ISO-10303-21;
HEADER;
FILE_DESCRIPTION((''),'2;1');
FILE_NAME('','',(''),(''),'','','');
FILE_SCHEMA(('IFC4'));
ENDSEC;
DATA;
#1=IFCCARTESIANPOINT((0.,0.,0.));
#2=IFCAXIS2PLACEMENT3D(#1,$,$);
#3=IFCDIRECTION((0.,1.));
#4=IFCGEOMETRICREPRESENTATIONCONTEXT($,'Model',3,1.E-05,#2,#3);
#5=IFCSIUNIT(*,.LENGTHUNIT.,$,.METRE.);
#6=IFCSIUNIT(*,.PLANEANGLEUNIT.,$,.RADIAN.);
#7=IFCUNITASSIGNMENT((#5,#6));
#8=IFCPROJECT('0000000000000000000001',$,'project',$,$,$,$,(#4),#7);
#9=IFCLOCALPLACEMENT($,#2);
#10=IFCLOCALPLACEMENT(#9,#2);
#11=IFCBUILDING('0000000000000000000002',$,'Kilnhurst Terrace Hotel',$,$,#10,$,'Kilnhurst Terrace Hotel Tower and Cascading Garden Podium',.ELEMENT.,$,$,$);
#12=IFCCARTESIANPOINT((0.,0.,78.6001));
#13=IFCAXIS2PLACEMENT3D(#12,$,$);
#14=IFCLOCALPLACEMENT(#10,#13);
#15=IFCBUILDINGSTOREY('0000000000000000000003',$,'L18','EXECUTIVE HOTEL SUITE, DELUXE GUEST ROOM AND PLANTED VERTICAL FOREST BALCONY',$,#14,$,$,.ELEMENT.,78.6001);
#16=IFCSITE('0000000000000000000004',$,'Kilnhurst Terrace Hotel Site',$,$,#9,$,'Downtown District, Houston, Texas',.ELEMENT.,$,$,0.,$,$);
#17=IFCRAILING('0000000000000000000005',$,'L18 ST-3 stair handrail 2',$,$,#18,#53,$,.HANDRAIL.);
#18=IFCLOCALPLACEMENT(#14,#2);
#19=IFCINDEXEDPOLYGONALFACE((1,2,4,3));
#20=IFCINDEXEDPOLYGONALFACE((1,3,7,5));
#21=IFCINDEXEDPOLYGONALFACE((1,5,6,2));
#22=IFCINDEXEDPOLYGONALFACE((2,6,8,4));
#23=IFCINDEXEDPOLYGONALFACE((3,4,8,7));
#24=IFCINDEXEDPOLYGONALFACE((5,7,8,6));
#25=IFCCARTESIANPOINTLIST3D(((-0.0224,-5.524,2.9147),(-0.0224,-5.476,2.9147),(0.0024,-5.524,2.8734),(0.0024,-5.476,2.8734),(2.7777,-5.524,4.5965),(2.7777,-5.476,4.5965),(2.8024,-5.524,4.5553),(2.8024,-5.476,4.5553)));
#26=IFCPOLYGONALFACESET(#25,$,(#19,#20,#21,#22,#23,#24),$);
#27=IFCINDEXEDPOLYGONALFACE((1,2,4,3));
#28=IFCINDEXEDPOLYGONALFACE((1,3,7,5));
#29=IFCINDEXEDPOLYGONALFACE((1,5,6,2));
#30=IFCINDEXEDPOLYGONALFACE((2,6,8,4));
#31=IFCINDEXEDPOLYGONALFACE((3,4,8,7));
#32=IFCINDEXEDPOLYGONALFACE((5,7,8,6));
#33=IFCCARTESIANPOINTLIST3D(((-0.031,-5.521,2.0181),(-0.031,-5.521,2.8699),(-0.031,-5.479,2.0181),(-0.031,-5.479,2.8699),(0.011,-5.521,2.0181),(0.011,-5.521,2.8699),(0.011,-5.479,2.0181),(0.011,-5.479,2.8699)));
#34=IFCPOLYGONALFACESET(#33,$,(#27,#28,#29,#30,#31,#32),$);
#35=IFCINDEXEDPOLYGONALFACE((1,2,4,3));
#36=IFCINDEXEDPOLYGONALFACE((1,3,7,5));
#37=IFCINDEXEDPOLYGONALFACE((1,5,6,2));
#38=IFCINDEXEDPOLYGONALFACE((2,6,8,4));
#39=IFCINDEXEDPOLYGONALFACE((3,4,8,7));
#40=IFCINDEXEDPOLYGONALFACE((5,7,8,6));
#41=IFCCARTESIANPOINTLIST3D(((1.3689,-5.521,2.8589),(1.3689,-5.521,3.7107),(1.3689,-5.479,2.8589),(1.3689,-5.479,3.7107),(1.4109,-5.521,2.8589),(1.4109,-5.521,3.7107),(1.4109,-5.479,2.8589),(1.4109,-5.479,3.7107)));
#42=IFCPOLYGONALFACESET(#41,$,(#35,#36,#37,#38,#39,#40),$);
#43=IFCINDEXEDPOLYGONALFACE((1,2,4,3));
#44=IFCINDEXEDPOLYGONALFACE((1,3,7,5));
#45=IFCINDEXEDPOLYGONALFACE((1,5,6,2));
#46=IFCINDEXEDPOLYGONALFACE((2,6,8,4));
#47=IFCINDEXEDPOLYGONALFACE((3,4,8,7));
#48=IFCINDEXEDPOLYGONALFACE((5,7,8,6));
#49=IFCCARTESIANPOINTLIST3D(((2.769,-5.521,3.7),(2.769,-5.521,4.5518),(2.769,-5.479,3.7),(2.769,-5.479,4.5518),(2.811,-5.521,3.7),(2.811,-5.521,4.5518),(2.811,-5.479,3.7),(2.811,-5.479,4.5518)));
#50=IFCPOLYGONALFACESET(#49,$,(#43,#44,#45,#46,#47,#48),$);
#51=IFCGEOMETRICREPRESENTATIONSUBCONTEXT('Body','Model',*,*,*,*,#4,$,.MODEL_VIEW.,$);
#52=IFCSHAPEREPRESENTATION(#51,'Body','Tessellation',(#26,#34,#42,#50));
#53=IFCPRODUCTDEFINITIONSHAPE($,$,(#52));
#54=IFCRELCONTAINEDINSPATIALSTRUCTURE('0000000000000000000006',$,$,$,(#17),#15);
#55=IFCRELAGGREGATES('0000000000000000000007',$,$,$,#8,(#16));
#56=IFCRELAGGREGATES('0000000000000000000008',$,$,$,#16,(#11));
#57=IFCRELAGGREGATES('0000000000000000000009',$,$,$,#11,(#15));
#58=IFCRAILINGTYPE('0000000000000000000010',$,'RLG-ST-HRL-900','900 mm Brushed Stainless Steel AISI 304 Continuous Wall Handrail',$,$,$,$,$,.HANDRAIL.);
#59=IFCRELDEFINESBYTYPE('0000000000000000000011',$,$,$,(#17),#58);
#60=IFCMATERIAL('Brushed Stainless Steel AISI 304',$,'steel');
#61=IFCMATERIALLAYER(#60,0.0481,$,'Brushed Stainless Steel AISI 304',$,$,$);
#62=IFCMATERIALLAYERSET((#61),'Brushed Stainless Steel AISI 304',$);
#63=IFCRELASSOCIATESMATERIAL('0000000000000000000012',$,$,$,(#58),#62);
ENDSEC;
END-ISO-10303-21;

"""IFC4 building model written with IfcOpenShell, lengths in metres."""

from ifc_helpers import new_model, si_unit, direction, frame, origin, origin_2d, place, context, subcontext, project, spatial, rectangle, extrude, material, layer, layer_set, type_object, element, save


model = new_model("IFC4")

# Units and contexts
model_context = context("Model", 3, precision=1e-05, world=origin(), true_north=direction((0.0, 1.0)))
body_context = subcontext(model_context, "Body", "Model", "MODEL_VIEW")
ifc_project = project(units=[si_unit("LENGTHUNIT", "METRE"), si_unit("PLANEANGLEUNIT", "RADIAN")], contexts=[model_context])

# Site, building, storey
site_placement = place(None, origin())
site = spatial("IfcSite", under=ifc_project, at=site_placement, Name="Kilnhurst Terrace Hotel Site", LongName="Downtown District, Houston, Texas", CompositionType="ELEMENT", RefElevation=0.0)
building_placement = place(site_placement, origin())
building = spatial("IfcBuilding", under=site, at=building_placement, Name="Kilnhurst Terrace Hotel", LongName="Kilnhurst Terrace Hotel Tower and Cascading Garden Podium", CompositionType="ELEMENT")
storey_placement = place(building_placement, frame((0.0, 0.0, 78.6001)))
storey = spatial("IfcBuildingStorey", under=building, at=storey_placement, Name="L18", Description="EXECUTIVE HOTEL SUITE, DELUXE GUEST ROOM AND PLANTED VERTICAL FOREST BALCONY", CompositionType="ELEMENT", Elevation=78.6001)

# Railing
ifc_material_1 = material(Name="Brushed Stainless Steel AISI 304", Category="steel")
ifc_layer_1 = layer(ifc_material_1, 0.0481, Name="Brushed Stainless Steel AISI 304")
ifc_layer_set_1 = layer_set([ifc_layer_1], Name="Brushed Stainless Steel AISI 304")
railing_type_1 = type_object("IfcRailingType", Name="RLG-ST-HRL-900", Description="900 mm Brushed Stainless Steel AISI 304 Continuous Wall Handrail", PredefinedType="HANDRAIL", material=ifc_layer_set_1)
railing_1_placement = place(storey_placement, frame((-0.01, -5.5, 2.0181)))
element("IfcRailing", 1, at=railing_1_placement, inside=storey, type_object=railing_type_1, Name="L18 ST-3 stair handrail 2", PredefinedType="HANDRAIL", context=body_context, shape_type="SweptSolid", body=[
    extrude(rectangle(XDim=0.0481, YDim=0.0481, at=origin_2d()), frame((0.0, 0.0, 0.876), z_axis=(0.857242, 0.0, 0.514913), x_axis=(0.0, 1.0, 0.0)), (0.0, 0.0, 1.0), 3.2664),
    extrude(rectangle(XDim=0.042, YDim=0.042, at=origin_2d()), origin(), (0.0, 0.0, 1.0), 0.8518),
    extrude(rectangle(XDim=0.042, YDim=0.042, at=origin_2d()), frame((1.3999, 0.0, 0.8408)), (0.0, 0.0, 1.0), 0.8518),
    extrude(rectangle(XDim=0.042, YDim=0.042, at=origin_2d()), frame((2.8, 0.0, 1.6819)), (0.0, 0.0, 1.0), 0.8518),
])

save(model, "model.ifc")
